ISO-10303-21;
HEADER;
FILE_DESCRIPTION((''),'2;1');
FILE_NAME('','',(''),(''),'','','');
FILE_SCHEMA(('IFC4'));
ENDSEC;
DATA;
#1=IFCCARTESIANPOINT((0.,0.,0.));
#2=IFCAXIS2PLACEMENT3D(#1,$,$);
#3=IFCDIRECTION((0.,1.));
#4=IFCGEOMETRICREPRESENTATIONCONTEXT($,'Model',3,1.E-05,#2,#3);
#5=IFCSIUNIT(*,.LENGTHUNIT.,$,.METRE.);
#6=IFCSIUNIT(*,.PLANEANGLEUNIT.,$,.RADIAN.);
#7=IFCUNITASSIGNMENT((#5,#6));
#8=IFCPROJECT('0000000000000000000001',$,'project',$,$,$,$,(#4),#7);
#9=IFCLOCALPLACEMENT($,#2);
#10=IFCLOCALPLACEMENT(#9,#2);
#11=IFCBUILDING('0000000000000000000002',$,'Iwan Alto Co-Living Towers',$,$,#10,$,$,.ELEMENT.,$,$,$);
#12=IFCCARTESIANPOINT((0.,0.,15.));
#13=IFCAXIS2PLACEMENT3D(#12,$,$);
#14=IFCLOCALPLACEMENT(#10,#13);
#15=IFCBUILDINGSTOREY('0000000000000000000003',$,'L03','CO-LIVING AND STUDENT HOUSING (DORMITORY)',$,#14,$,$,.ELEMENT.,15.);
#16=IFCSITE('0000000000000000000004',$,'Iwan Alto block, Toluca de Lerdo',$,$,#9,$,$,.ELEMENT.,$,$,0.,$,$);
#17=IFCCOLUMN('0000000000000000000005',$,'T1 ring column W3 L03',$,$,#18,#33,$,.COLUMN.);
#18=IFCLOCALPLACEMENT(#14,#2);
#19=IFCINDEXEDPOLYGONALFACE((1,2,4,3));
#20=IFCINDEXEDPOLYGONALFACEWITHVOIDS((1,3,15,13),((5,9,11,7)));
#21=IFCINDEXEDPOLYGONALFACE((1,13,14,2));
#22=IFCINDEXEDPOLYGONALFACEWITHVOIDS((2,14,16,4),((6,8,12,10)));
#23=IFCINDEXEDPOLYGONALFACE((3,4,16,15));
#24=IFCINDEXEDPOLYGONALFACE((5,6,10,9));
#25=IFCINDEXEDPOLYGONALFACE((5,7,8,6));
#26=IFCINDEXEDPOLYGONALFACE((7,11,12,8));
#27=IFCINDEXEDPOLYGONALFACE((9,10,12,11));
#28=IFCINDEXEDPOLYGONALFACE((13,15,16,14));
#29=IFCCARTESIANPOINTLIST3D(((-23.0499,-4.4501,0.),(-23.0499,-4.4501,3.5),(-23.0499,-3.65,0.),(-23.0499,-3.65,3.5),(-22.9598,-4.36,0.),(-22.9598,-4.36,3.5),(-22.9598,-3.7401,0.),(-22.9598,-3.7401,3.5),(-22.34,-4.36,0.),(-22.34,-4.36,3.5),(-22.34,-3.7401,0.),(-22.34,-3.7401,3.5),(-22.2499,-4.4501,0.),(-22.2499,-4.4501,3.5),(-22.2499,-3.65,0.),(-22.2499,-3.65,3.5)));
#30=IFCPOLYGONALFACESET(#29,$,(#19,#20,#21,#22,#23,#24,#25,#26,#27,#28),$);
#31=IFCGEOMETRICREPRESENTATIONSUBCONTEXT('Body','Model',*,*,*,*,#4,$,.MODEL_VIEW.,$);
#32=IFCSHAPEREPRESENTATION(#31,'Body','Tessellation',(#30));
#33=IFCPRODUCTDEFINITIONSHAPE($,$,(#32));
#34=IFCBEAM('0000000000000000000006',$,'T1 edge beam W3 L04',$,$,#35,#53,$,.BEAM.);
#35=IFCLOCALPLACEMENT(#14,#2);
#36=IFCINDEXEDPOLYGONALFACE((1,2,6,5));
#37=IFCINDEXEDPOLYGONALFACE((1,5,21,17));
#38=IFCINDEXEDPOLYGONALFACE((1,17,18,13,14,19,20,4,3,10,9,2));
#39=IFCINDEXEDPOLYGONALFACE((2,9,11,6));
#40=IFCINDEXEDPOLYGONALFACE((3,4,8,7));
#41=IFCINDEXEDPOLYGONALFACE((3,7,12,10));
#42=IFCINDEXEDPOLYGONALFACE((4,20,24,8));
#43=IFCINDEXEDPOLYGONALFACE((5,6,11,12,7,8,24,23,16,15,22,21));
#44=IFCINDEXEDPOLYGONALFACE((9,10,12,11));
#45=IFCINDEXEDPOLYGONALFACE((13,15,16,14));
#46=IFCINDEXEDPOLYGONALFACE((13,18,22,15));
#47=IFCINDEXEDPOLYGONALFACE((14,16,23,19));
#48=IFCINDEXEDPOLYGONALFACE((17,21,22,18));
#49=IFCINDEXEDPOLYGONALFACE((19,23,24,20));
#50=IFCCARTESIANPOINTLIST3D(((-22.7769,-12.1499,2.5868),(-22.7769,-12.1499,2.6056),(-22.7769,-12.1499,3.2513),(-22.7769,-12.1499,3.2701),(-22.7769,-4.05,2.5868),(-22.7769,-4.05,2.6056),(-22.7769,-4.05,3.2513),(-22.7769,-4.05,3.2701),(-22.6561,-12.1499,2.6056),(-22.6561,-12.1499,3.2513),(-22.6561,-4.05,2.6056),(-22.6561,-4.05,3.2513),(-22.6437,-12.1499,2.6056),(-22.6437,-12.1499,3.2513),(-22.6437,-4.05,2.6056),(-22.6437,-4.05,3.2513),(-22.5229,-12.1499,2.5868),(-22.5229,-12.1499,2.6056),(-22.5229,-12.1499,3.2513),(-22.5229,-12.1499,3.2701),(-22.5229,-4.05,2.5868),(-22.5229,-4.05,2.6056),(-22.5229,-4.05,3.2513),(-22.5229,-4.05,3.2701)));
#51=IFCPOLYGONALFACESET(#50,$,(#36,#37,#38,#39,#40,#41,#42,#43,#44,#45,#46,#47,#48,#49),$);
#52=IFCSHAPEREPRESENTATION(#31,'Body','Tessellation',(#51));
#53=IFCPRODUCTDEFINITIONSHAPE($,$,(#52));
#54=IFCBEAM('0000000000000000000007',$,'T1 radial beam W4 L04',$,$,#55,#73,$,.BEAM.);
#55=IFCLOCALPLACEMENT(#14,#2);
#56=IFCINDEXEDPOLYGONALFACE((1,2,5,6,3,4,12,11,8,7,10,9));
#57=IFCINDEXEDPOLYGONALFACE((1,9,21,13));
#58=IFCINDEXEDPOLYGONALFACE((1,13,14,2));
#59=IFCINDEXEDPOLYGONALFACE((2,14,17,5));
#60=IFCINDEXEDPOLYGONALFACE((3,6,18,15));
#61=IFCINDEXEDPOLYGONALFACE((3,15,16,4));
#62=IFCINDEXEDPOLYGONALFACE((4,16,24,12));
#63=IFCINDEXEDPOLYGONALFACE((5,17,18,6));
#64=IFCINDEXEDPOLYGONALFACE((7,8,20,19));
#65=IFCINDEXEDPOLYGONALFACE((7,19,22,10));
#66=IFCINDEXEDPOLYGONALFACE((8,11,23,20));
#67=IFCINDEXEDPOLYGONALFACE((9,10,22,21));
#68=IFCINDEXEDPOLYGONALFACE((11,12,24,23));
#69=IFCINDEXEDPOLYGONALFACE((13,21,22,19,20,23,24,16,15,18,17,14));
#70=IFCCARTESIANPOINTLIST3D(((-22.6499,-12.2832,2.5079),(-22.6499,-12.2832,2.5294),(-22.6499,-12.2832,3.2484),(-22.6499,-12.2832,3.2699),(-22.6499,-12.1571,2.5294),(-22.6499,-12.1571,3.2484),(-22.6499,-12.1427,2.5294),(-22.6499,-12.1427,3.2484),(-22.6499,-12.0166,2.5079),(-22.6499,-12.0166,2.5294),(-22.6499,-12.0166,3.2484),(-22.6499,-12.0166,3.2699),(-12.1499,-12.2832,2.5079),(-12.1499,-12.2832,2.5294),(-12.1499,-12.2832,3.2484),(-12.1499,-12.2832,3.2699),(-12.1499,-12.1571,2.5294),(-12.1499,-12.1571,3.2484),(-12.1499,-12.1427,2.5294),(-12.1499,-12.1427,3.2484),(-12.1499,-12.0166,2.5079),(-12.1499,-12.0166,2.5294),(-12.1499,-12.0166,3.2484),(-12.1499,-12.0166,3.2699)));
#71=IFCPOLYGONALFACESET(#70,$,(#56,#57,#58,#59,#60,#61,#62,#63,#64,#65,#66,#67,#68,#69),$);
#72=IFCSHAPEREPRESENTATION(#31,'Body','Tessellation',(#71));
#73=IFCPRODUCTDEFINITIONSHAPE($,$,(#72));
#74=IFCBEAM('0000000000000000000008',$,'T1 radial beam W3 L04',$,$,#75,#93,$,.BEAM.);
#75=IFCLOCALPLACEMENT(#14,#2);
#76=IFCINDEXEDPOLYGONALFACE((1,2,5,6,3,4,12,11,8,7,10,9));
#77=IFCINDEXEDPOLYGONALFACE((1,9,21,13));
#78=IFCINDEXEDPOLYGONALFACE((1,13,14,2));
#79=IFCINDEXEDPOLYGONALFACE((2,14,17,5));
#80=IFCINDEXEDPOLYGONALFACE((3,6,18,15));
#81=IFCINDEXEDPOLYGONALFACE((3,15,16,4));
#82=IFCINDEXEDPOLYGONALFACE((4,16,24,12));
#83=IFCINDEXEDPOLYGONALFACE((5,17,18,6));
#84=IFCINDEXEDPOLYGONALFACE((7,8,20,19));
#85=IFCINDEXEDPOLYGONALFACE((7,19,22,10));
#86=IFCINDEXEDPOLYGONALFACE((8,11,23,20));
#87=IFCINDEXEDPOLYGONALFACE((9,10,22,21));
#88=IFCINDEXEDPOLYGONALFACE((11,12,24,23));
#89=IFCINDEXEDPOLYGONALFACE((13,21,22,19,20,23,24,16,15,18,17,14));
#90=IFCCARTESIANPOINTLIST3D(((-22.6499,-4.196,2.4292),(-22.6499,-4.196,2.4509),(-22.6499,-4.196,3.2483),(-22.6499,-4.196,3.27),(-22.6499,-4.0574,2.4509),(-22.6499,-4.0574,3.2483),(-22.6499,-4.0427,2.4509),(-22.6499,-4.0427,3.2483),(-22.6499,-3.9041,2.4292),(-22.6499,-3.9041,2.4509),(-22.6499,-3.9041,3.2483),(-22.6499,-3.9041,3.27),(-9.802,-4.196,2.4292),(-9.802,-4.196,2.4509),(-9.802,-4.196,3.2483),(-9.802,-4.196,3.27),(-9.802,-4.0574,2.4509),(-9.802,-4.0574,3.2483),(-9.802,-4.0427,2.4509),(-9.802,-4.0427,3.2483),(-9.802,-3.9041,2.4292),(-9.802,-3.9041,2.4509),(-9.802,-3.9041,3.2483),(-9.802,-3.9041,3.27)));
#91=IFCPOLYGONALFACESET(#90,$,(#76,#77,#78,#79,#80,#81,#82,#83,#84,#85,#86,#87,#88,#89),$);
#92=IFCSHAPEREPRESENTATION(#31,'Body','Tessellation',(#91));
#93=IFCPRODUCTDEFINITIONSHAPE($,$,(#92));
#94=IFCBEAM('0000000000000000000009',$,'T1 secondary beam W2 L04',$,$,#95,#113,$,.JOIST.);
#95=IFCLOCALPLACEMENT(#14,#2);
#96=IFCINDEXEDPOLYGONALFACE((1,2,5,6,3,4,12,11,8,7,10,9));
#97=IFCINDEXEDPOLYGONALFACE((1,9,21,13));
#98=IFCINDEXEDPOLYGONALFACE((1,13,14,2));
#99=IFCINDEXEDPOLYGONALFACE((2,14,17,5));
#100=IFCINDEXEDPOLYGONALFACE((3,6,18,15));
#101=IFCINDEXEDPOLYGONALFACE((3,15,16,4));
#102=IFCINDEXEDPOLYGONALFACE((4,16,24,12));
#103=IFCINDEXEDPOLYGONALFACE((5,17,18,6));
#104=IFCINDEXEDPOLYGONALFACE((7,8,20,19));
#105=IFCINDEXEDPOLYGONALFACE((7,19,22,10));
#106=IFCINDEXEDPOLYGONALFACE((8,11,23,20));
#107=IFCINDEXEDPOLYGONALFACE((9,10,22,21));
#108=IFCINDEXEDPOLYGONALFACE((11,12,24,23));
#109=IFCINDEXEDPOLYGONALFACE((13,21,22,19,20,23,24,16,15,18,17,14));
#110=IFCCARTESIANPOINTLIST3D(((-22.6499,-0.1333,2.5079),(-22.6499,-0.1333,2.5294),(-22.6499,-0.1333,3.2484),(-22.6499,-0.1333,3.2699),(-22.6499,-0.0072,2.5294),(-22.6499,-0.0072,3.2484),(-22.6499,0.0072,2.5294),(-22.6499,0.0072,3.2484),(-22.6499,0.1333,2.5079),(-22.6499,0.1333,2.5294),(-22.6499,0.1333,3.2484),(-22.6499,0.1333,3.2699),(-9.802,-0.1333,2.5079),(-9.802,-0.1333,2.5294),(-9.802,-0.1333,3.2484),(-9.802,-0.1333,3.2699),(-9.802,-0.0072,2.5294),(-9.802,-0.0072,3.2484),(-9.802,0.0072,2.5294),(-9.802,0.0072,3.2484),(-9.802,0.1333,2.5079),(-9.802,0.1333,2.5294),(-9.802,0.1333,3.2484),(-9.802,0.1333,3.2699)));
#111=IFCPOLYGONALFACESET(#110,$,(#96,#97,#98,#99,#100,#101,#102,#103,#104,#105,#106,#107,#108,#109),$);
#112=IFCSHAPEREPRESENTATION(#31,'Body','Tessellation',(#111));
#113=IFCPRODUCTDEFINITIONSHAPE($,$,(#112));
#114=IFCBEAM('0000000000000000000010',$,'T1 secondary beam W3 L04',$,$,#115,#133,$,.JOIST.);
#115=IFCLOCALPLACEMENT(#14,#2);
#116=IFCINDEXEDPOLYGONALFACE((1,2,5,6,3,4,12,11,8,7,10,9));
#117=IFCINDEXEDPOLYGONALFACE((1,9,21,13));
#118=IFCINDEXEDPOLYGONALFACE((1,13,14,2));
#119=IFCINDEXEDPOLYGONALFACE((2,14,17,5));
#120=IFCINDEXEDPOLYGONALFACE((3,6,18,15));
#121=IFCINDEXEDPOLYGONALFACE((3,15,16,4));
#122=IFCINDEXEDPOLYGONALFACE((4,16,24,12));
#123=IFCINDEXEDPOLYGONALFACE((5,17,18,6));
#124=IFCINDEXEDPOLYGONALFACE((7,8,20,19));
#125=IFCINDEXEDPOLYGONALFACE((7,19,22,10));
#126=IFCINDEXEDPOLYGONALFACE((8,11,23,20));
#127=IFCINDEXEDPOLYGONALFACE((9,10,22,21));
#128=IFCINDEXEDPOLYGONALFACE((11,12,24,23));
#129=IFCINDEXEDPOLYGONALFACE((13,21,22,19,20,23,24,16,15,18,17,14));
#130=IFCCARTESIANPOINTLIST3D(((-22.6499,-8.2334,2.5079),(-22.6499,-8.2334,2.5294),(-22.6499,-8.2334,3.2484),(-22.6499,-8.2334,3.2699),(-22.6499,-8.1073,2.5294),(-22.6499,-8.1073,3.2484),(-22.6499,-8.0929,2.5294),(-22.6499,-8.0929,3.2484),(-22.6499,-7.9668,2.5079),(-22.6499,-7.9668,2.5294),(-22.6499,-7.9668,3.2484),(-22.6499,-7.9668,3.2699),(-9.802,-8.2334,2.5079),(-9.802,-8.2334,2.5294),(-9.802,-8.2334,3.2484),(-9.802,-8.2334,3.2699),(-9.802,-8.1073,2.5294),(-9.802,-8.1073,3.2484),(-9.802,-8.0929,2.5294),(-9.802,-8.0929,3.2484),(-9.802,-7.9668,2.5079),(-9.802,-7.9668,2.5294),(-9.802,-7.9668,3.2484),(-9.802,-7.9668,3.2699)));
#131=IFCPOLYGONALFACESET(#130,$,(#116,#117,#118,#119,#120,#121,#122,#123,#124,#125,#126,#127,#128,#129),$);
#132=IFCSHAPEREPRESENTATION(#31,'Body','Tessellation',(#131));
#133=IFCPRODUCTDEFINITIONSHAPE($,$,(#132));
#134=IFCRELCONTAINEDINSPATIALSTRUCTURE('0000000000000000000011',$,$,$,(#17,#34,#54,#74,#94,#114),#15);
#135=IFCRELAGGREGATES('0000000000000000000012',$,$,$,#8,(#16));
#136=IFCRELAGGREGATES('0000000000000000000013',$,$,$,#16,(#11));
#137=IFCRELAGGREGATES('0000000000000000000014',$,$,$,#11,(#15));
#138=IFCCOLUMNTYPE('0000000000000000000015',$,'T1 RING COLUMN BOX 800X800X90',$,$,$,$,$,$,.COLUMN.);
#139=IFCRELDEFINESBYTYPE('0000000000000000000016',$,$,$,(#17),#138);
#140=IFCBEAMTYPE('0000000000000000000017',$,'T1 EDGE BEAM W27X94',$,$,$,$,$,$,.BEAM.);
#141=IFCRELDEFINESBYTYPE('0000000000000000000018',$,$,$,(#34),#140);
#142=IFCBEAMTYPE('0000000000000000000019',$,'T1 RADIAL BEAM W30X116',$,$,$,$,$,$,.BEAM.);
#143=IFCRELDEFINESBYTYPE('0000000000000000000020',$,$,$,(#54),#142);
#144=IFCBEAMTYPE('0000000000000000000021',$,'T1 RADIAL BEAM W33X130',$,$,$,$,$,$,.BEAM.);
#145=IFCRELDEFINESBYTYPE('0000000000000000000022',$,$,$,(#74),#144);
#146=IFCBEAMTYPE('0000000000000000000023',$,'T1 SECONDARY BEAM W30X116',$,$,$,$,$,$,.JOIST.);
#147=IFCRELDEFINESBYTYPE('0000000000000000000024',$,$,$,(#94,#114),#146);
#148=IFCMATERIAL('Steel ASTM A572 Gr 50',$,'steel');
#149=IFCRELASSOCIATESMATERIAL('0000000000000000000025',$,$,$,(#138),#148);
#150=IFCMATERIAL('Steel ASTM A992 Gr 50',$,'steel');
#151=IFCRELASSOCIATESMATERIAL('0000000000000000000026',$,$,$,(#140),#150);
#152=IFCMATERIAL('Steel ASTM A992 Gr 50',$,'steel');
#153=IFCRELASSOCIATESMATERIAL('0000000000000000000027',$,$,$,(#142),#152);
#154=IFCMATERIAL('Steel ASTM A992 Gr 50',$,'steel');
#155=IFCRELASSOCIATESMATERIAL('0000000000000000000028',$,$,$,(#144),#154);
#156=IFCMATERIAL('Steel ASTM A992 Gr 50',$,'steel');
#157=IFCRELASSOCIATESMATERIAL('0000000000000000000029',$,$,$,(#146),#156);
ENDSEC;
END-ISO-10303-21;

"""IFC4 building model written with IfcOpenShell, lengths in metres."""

from ifc_helpers import new_model, si_unit, direction, frame, origin, origin_2d, place, context, subcontext, project, spatial, hollow_rectangle, i_section, extrude, material, material_profile, profile_set, type_object, element, save


model = new_model("IFC4")

# Units and contexts
model_context = context("Model", 3, precision=1e-05, world=origin(), true_north=direction((0.0, 1.0)))
body_context = subcontext(model_context, "Body", "Model", "MODEL_VIEW")
ifc_project = project(units=[si_unit("LENGTHUNIT", "METRE"), si_unit("PLANEANGLEUNIT", "RADIAN")], contexts=[model_context])

# Site, building, storey
site_placement = place(None, origin())
site = spatial("IfcSite", under=ifc_project, at=site_placement, Name="Iwan Alto block, Toluca de Lerdo", CompositionType="ELEMENT", RefElevation=0.0)
building_placement = place(site_placement, origin())
building = spatial("IfcBuilding", under=site, at=building_placement, Name="Iwan Alto Co-Living Towers", CompositionType="ELEMENT")
storey_placement = place(building_placement, frame((0.0, 0.0, 15.0)))
storey = spatial("IfcBuildingStorey", under=building, at=storey_placement, Name="L03", Description="CO-LIVING AND STUDENT HOUSING (DORMITORY)", CompositionType="ELEMENT", Elevation=15.0)

# Column
ifc_material_1 = material(Name="Steel ASTM A572 Gr 50", Category="steel")
ifc_material_profile_1 = material_profile(ifc_material_1, hollow_rectangle(XDim=0.8, YDim=0.8, WallThickness=0.0901, at=origin_2d()), Name="BOX 800X800X90")
ifc_profile_set_1 = profile_set([ifc_material_profile_1], Name="Steel ASTM A572 Gr 50")
column_type = type_object("IfcColumnType", Name="T1 RING COLUMN BOX 800X800X90", PredefinedType="COLUMN", material=ifc_profile_set_1)
column_placement = place(storey_placement, frame((-22.6499, -4.05, 0.0), z_axis=(0.0, 0.0, 1.0), x_axis=(1.0, 0.0, 0.0)))
element("IfcColumn", 1, at=column_placement, inside=storey, type_object=column_type, Name="T1 ring column W3 L03", PredefinedType="COLUMN", context=body_context, shape_type="SweptSolid", body=[
    extrude(hollow_rectangle(XDim=0.8, YDim=0.8, WallThickness=0.0901, at=origin_2d()), origin(), (0.0, 0.0, 1.0), 3.5),
])

# Beams
ifc_material_2 = material(Name="Steel ASTM A992 Gr 50", Category="steel")
ifc_material_profile_2 = material_profile(ifc_material_2, i_section(OverallWidth=0.2539, OverallDepth=0.6833, WebThickness=0.0125, FlangeThickness=0.0188, at=origin_2d()), Name="W27X94")
ifc_profile_set_2 = profile_set([ifc_material_profile_2], Name="Steel ASTM A992 Gr 50")
beam_type_1 = type_object("IfcBeamType", Name="T1 EDGE BEAM W27X94", PredefinedType="BEAM", material=ifc_profile_set_2)
beam_1_placement = place(storey_placement, frame((-22.6499, -4.05, 2.9285), z_axis=(0.0, -1.0, 0.0), x_axis=(1.0, 0.0, 0.0)))
element("IfcBeam", 2, at=beam_1_placement, inside=storey, type_object=beam_type_1, Name="T1 edge beam W3 L04", PredefinedType="BEAM", context=body_context, shape_type="SweptSolid", body=[
    extrude(i_section(OverallWidth=0.2539, OverallDepth=0.6833, WebThickness=0.0125, FlangeThickness=0.0188, at=origin_2d()), origin(), (0.0, 0.0, 1.0), 8.0999),
])
ifc_material_3 = material(Name="Steel ASTM A992 Gr 50", Category="steel")
ifc_material_profile_3 = material_profile(ifc_material_3, i_section(OverallWidth=0.2666, OverallDepth=0.762, WebThickness=0.0144, FlangeThickness=0.0215, at=origin_2d()), Name="W30X116")
ifc_profile_set_3 = profile_set([ifc_material_profile_3], Name="Steel ASTM A992 Gr 50")
beam_type_2 = type_object("IfcBeamType", Name="T1 RADIAL BEAM W30X116", PredefinedType="BEAM", material=ifc_profile_set_3)
beam_2_placement = place(storey_placement, frame((-22.6499, -12.1499, 2.8889), z_axis=(1.0, 0.0, 0.0), x_axis=(0.0, 1.0, 0.0)))
element("IfcBeam", 3, at=beam_2_placement, inside=storey, type_object=beam_type_2, Name="T1 radial beam W4 L04", PredefinedType="BEAM", context=body_context, shape_type="SweptSolid", body=[
    extrude(i_section(OverallWidth=0.2666, OverallDepth=0.762, WebThickness=0.0144, FlangeThickness=0.0215, at=origin_2d()), origin(), (0.0, 0.0, 1.0), 10.5),
])
ifc_material_4 = material(Name="Steel ASTM A992 Gr 50", Category="steel")
ifc_material_profile_4 = material_profile(ifc_material_4, i_section(OverallWidth=0.292, OverallDepth=0.8408, WebThickness=0.0146, FlangeThickness=0.0217, at=origin_2d()), Name="W33X130")
ifc_profile_set_4 = profile_set([ifc_material_profile_4], Name="Steel ASTM A992 Gr 50")
beam_type_3 = type_object("IfcBeamType", Name="T1 RADIAL BEAM W33X130", PredefinedType="BEAM", material=ifc_profile_set_4)
beam_3_placement = place(storey_placement, frame((-22.6499, -4.05, 2.8496), z_axis=(1.0, 0.0, 0.0), x_axis=(0.0, 1.0, 0.0)))
element("IfcBeam", 4, at=beam_3_placement, inside=storey, type_object=beam_type_3, Name="T1 radial beam W3 L04", PredefinedType="BEAM", context=body_context, shape_type="SweptSolid", body=[
    extrude(i_section(OverallWidth=0.292, OverallDepth=0.8408, WebThickness=0.0146, FlangeThickness=0.0217, at=origin_2d()), origin(), (0.0, 0.0, 1.0), 12.8479),
])
ifc_material_5 = material(Name="Steel ASTM A992 Gr 50", Category="steel")
ifc_material_profile_5 = material_profile(ifc_material_5, i_section(OverallWidth=0.2666, OverallDepth=0.762, WebThickness=0.0144, FlangeThickness=0.0215, at=origin_2d()), Name="W30X116")
ifc_profile_set_5 = profile_set([ifc_material_profile_5], Name="Steel ASTM A992 Gr 50")
beam_type_4 = type_object("IfcBeamType", Name="T1 SECONDARY BEAM W30X116", PredefinedType="JOIST", material=ifc_profile_set_5)
for number, where, z_axis, x_axis, name in (
    (5, (-22.6499, 0.0, 2.8889), (1.0, 0.0, 0.0), (0.0, 1.0, 0.0), "T1 secondary beam W2 L04"),
    (6, (-22.6499, -8.1001, 2.8889), (1.0, 0.0, 0.0), (0.0, 1.0, 0.0), "T1 secondary beam W3 L04"),
):
    element("IfcBeam", number, at=place(storey_placement, frame(where, z_axis=z_axis, x_axis=x_axis)), inside=storey, type_object=beam_type_4, Name=name, PredefinedType="JOIST", context=body_context, shape_type="SweptSolid", body=[
        extrude(i_section(OverallWidth=0.2666, OverallDepth=0.762, WebThickness=0.0144, FlangeThickness=0.0215, at=origin_2d()), origin(), (0.0, 0.0, 1.0), 12.8479),
    ])

save(model, "model.ifc")
